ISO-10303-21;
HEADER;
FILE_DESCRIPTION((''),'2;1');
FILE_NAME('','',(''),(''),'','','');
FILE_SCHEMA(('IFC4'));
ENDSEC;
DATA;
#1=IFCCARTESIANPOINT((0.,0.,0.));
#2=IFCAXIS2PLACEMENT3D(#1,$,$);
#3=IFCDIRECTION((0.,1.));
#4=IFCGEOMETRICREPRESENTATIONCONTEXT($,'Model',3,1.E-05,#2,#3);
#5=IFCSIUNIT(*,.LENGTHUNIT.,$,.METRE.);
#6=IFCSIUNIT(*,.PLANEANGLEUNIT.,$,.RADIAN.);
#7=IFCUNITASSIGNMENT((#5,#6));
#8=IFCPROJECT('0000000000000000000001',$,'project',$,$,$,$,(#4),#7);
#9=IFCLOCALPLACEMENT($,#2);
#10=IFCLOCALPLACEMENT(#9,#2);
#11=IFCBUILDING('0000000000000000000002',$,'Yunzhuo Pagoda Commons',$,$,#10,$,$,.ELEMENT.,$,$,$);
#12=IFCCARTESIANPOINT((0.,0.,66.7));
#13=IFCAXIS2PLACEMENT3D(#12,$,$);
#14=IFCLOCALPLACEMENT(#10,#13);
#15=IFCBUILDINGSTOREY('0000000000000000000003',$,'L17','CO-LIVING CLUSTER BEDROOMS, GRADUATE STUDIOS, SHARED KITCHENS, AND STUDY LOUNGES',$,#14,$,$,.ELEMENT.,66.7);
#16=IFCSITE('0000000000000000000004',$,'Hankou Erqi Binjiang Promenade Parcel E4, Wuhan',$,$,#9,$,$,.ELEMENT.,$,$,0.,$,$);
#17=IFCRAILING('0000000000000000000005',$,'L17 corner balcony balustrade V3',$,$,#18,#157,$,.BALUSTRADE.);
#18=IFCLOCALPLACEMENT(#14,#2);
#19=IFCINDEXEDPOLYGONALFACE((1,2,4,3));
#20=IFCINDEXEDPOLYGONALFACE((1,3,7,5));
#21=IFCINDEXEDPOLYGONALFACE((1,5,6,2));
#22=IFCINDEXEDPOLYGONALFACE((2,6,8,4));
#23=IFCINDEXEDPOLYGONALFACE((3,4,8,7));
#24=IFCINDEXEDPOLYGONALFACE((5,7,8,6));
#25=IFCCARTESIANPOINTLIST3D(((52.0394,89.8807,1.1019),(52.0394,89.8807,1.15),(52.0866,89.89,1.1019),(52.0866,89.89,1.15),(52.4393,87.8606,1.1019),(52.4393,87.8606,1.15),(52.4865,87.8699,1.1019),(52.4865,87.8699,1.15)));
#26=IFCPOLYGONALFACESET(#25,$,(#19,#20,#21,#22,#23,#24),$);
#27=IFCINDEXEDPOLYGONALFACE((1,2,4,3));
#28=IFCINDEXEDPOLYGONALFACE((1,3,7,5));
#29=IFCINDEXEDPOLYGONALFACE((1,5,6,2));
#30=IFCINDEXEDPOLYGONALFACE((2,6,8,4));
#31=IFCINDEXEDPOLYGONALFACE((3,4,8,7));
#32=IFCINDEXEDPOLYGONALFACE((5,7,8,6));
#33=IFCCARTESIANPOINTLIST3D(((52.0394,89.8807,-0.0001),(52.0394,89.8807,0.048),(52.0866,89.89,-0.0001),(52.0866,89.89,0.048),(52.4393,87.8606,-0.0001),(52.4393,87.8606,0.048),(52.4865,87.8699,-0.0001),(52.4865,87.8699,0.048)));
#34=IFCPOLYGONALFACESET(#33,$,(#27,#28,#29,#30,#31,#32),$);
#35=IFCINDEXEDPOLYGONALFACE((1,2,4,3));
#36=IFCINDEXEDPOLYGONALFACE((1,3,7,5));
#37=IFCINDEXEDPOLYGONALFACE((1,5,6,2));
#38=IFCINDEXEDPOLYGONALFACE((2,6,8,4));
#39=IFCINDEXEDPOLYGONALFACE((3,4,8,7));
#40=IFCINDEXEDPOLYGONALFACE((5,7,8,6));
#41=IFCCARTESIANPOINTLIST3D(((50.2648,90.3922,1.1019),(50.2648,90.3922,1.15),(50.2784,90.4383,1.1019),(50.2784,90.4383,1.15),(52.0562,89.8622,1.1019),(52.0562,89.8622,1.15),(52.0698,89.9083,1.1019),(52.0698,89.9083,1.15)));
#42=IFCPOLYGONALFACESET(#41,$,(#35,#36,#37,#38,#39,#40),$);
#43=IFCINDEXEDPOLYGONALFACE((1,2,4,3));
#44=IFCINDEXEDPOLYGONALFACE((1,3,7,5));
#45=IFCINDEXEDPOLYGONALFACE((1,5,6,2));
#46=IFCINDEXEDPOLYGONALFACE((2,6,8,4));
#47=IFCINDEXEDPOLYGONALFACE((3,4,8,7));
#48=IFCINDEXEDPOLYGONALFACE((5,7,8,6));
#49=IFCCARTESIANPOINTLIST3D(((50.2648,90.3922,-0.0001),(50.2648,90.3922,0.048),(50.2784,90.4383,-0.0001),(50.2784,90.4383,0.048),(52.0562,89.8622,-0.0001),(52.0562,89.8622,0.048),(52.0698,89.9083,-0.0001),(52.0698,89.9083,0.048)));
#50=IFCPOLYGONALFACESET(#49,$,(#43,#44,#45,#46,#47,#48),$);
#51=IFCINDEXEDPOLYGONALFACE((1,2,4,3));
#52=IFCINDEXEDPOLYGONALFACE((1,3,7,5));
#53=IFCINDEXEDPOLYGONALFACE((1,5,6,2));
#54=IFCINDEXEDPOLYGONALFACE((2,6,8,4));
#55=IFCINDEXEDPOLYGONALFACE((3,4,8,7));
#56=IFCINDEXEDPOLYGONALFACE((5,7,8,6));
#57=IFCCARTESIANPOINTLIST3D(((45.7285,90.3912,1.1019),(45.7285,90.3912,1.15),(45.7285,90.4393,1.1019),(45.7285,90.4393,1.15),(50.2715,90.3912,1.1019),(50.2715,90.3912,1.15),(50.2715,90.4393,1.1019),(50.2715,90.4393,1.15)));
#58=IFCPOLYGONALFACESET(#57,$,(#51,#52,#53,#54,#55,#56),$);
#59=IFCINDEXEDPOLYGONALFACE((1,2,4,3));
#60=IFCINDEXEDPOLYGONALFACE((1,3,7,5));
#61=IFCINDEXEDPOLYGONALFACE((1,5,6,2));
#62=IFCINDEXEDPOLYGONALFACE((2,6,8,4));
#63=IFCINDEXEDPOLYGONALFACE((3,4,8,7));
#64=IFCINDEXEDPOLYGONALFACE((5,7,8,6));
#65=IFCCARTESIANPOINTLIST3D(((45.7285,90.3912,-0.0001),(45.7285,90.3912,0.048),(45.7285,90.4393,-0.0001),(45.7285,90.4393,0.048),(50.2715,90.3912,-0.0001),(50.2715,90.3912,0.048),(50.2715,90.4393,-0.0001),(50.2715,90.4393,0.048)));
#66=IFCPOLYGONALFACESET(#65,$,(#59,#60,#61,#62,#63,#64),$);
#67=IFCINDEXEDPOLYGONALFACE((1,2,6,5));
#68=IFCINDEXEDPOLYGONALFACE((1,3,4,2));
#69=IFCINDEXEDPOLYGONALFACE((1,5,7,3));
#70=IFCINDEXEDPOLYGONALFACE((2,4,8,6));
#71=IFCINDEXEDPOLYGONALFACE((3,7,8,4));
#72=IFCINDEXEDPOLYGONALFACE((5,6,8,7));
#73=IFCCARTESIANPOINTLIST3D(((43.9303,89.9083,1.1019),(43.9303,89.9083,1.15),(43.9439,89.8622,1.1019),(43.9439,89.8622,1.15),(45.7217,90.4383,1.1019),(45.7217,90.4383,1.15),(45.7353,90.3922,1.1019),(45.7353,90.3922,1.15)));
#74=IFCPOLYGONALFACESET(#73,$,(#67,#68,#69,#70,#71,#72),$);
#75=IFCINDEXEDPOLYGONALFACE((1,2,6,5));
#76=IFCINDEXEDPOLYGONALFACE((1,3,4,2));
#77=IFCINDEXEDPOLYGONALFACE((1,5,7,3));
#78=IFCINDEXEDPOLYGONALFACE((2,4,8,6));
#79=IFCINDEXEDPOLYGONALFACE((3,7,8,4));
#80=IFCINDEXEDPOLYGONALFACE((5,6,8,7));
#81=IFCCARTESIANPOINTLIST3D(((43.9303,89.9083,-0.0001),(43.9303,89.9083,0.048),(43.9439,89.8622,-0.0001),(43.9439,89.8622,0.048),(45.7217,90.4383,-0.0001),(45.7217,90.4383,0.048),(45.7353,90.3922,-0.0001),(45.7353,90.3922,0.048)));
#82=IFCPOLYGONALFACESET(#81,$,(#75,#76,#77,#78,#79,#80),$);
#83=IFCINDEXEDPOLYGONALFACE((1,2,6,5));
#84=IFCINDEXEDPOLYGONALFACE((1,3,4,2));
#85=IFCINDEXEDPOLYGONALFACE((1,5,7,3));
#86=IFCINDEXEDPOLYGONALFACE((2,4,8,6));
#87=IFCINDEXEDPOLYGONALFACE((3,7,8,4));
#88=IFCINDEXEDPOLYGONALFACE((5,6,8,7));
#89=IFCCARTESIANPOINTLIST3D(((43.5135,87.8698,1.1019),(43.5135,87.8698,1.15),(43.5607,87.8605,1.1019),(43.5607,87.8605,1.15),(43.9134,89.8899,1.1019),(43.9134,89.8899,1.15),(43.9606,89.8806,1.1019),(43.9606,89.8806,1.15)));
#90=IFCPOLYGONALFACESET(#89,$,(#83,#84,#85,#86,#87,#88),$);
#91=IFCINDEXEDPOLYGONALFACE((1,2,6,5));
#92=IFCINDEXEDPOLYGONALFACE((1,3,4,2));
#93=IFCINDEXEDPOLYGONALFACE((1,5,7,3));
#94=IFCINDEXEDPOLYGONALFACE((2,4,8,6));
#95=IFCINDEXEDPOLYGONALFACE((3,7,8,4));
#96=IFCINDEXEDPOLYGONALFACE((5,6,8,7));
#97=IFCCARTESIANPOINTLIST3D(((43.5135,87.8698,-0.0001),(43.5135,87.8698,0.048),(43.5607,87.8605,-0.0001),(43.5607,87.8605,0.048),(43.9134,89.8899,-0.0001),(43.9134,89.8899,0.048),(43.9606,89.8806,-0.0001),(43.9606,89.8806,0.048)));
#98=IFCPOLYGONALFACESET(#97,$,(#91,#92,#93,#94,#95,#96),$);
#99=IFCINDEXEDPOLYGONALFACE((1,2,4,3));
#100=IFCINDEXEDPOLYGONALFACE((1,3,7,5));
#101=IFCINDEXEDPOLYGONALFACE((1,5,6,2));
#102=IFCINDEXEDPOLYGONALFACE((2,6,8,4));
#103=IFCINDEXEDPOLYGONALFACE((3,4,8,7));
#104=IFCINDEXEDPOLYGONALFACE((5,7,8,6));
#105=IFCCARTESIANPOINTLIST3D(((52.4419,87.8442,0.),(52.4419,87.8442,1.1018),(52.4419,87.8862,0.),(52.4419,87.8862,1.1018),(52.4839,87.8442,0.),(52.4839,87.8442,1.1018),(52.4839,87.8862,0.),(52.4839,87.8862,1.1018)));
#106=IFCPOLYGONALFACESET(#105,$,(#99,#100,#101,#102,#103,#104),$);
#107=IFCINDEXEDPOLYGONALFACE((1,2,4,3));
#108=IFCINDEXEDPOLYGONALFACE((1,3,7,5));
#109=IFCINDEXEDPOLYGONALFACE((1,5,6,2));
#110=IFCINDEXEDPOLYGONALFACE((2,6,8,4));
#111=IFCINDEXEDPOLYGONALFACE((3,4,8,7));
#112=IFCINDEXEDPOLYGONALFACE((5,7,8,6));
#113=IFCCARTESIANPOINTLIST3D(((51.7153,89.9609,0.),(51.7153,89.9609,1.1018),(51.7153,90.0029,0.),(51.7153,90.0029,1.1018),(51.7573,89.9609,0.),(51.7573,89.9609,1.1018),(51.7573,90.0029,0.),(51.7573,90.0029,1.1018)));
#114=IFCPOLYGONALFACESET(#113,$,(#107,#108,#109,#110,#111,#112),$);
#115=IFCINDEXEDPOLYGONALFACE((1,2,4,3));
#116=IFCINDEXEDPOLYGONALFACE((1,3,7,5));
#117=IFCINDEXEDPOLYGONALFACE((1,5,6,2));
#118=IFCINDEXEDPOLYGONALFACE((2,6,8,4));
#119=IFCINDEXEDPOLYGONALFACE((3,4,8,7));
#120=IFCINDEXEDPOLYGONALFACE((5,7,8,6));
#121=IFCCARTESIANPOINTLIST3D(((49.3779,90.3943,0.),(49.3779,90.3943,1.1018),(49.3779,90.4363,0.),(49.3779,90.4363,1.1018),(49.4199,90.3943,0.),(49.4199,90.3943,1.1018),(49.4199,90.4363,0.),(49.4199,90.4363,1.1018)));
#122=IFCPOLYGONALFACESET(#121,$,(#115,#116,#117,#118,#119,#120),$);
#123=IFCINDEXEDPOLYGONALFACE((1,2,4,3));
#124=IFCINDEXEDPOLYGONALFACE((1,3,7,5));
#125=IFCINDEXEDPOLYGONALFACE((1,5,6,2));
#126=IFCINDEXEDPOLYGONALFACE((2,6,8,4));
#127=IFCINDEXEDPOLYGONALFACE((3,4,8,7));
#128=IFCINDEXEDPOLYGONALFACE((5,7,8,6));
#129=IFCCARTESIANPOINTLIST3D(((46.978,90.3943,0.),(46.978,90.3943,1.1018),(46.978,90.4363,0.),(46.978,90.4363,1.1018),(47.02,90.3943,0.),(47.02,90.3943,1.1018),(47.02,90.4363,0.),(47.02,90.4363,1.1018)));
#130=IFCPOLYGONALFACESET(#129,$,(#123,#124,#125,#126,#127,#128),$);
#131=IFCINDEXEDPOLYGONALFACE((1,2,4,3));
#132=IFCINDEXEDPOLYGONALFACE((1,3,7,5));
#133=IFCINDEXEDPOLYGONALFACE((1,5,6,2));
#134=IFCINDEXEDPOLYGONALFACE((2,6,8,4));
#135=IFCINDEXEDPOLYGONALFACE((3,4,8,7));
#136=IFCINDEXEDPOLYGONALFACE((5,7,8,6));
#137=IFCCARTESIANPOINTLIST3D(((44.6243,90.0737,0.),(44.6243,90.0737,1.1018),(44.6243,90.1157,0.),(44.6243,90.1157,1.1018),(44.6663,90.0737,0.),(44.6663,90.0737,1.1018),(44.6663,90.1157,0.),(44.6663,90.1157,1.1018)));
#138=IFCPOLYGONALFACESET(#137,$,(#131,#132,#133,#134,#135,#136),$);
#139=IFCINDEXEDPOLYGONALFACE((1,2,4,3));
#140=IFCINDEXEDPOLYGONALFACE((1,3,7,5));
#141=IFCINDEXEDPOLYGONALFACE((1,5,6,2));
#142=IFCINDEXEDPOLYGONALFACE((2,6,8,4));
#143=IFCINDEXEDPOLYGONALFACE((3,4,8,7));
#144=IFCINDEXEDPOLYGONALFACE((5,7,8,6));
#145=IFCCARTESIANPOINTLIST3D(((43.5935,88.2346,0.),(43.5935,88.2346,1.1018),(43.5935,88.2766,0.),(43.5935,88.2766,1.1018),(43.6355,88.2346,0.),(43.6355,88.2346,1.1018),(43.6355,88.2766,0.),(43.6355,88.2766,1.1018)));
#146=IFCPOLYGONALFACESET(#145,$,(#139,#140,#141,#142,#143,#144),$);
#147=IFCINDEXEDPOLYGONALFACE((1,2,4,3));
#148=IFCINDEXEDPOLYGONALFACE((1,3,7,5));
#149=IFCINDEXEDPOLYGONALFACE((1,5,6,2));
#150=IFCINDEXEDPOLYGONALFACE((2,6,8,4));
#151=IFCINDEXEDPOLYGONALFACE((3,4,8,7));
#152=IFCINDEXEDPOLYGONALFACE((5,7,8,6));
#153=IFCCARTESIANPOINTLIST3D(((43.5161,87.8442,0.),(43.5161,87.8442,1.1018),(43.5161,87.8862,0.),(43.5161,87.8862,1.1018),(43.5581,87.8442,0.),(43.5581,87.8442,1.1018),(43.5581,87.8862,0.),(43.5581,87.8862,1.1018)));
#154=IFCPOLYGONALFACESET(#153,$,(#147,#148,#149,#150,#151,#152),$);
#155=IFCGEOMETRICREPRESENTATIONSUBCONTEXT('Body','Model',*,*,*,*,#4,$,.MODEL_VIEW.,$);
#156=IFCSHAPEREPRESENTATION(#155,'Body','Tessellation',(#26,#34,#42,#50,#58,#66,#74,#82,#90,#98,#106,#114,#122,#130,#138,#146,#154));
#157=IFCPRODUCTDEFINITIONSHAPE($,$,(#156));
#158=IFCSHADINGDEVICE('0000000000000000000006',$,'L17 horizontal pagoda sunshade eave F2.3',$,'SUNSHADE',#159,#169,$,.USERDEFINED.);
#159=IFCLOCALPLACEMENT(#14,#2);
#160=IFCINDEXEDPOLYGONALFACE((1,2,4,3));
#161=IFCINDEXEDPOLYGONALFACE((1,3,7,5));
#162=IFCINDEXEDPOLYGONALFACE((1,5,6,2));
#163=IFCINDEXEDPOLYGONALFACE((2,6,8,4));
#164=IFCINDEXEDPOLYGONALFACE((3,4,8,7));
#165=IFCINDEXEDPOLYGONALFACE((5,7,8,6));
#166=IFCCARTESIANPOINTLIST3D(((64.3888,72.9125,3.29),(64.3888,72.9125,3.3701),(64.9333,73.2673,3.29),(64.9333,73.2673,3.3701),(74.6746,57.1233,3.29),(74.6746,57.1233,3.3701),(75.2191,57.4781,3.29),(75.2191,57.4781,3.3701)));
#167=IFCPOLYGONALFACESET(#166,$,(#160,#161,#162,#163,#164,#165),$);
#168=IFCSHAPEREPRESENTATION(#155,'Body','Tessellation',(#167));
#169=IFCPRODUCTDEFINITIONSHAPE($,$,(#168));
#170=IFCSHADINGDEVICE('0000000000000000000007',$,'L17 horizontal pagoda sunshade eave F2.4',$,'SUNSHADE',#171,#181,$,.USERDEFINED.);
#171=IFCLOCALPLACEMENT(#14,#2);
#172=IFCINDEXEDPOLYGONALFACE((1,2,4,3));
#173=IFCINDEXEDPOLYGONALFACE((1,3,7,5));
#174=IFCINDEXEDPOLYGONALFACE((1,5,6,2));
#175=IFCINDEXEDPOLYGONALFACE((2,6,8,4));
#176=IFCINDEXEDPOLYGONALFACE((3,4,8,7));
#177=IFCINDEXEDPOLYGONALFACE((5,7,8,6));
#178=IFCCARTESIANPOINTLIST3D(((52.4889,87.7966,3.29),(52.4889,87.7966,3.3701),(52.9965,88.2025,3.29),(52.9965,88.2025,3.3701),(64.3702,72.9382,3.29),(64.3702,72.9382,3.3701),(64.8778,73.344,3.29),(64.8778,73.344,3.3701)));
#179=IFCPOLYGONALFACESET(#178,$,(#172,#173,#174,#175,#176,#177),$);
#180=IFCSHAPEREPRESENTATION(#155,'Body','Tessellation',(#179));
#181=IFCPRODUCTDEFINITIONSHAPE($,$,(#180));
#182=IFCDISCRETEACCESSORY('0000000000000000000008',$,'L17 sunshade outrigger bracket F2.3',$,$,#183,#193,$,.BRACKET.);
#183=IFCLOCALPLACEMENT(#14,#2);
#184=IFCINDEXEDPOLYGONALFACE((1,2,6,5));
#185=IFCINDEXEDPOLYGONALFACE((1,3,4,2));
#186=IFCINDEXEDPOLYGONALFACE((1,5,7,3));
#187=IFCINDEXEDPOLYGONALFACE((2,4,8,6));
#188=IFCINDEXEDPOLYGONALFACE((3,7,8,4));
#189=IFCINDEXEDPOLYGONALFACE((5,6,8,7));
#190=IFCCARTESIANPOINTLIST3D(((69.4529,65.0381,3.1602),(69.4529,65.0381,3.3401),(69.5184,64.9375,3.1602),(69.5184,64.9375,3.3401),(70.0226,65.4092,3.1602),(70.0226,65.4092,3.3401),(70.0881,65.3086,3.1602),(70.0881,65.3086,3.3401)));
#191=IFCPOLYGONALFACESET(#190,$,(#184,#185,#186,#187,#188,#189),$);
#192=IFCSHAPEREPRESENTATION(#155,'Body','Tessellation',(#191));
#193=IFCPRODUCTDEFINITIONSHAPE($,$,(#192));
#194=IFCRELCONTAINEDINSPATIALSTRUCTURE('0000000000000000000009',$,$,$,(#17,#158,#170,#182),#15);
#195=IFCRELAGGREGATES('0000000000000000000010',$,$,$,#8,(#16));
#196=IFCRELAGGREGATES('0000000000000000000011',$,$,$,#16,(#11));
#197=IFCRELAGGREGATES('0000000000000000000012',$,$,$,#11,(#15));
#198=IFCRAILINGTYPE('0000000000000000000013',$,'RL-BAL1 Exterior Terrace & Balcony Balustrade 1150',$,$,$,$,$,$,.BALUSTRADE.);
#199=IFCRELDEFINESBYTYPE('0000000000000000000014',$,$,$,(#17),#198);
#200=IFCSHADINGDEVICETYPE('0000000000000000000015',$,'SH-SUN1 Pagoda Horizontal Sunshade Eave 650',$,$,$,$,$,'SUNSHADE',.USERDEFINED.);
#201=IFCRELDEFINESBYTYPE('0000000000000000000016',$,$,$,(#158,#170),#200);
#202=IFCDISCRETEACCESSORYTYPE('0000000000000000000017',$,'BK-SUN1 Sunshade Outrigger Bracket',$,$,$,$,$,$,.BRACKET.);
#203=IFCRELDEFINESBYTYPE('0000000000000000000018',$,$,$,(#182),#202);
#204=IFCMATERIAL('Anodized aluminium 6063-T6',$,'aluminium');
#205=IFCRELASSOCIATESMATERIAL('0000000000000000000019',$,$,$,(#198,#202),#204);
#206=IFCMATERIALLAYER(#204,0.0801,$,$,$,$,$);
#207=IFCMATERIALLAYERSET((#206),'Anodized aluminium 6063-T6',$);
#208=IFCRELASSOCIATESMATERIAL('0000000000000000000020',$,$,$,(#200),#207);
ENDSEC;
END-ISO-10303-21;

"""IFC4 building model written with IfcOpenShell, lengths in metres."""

from ifc_helpers import new_model, si_unit, direction, frame, origin, origin_2d, place, context, subcontext, project, spatial, rectangle, extrude, source, transform, mapped, material, layer, layer_set, type_object, element, save


model = new_model("IFC4")

# Units and contexts
model_context = context("Model", 3, precision=1e-05, world=origin(), true_north=direction((0.0, 1.0)))
body_context = subcontext(model_context, "Body", "Model", "MODEL_VIEW")
ifc_project = project(units=[si_unit("LENGTHUNIT", "METRE"), si_unit("PLANEANGLEUNIT", "RADIAN")], contexts=[model_context])

# Site, building, storey
site_placement = place(None, origin())
site = spatial("IfcSite", under=ifc_project, at=site_placement, Name="Hankou Erqi Binjiang Promenade Parcel E4, Wuhan", CompositionType="ELEMENT", RefElevation=0.0)
building_placement = place(site_placement, origin())
building = spatial("IfcBuilding", under=site, at=building_placement, Name="Yunzhuo Pagoda Commons", CompositionType="ELEMENT")
storey_placement = place(building_placement, frame((0.0, 0.0, 66.7)))
storey = spatial("IfcBuildingStorey", under=building, at=storey_placement, Name="L17", Description="CO-LIVING CLUSTER BEDROOMS, GRADUATE STUDIOS, SHARED KITCHENS, AND STUDY LOUNGES", CompositionType="ELEMENT", Elevation=66.7)

# Shared definitions
ifc_material_1 = material(Name="Anodized aluminium 6063-T6", Category="aluminium")

# Railing
railing_type_1 = type_object("IfcRailingType", Name="RL-BAL1 Exterior Terrace & Balcony Balustrade 1150", PredefinedType="BALUSTRADE", material=ifc_material_1)
railing_1_placement = place(storey_placement, frame((52.4629, 87.8652, 0.0)))
element("IfcRailing", 1, at=railing_1_placement, inside=storey, type_object=railing_type_1, Name="L17 corner balcony balustrade V3", PredefinedType="BALUSTRADE", context=body_context, shape_type="SweptSolid", body=[
    extrude(rectangle(XDim=0.0481, YDim=0.0481, at=origin_2d()), frame((0.0, 0.0, 1.126), z_axis=(-0.194201, 0.980962, 0.0), x_axis=(-0.980962, -0.194201, 0.0)), (0.0, 0.0, 1.0), 2.0593),
    extrude(rectangle(XDim=0.0481, YDim=0.0481, at=origin_2d()), frame((0.0, 0.0, 0.0239), z_axis=(-0.194201, 0.980962, 0.0), x_axis=(-0.980962, -0.194201, 0.0)), (0.0, 0.0, 1.0), 2.0593),
    extrude(rectangle(XDim=0.0481, YDim=0.0481, at=origin_2d()), frame((-0.3999, 2.02, 1.126), z_axis=(-0.958913, 0.283701, 0.0), x_axis=(-0.283701, -0.958913, 0.0)), (0.0, 0.0, 1.0), 1.8682),
    extrude(rectangle(XDim=0.0481, YDim=0.0481, at=origin_2d()), frame((-0.3999, 2.02, 0.0239), z_axis=(-0.958913, 0.283701, 0.0), x_axis=(-0.283701, -0.958913, 0.0)), (0.0, 0.0, 1.0), 1.8682),
    extrude(rectangle(XDim=0.0481, YDim=0.0481, at=origin_2d()), frame((-2.1914, 2.55, 1.126), z_axis=(-1.0, 0.0, 0.0), x_axis=(0.0, -1.0, 0.0)), (0.0, 0.0, 1.0), 4.543),
    extrude(rectangle(XDim=0.0481, YDim=0.0481, at=origin_2d()), frame((-2.1914, 2.55, 0.0239), z_axis=(-1.0, 0.0, 0.0), x_axis=(0.0, -1.0, 0.0)), (0.0, 0.0, 1.0), 4.543),
    extrude(rectangle(XDim=0.0481, YDim=0.0481, at=origin_2d()), frame((-6.7344, 2.55, 1.126), z_axis=(-0.958913, -0.283701, 0.0), x_axis=(0.283701, -0.958913, 0.0)), (0.0, 0.0, 1.0), 1.8682),
    extrude(rectangle(XDim=0.0481, YDim=0.0481, at=origin_2d()), frame((-6.7344, 2.55, 0.0239), z_axis=(-0.958913, -0.283701, 0.0), x_axis=(0.283701, -0.958913, 0.0)), (0.0, 0.0, 1.0), 1.8682),
    extrude(rectangle(XDim=0.0481, YDim=0.0481, at=origin_2d()), frame((-8.5259, 2.02, 1.126), z_axis=(-0.194201, -0.980962, 0.0), x_axis=(0.980962, -0.194201, 0.0)), (0.0, 0.0, 1.0), 2.0593),
    extrude(rectangle(XDim=0.0481, YDim=0.0481, at=origin_2d()), frame((-8.5259, 2.02, 0.0239), z_axis=(-0.194201, -0.980962, 0.0), x_axis=(0.980962, -0.194201, 0.0)), (0.0, 0.0, 1.0), 2.0593),
    extrude(rectangle(XDim=0.042, YDim=0.042, at=origin_2d()), origin(), (0.0, 0.0, 1.0), 1.1018),
    extrude(rectangle(XDim=0.042, YDim=0.042, at=origin_2d()), frame((-0.7266, 2.1167, 0.0)), (0.0, 0.0, 1.0), 1.1018),
    extrude(rectangle(XDim=0.042, YDim=0.042, at=origin_2d()), frame((-3.064, 2.55, 0.0)), (0.0, 0.0, 1.0), 1.1018),
    extrude(rectangle(XDim=0.042, YDim=0.042, at=origin_2d()), frame((-5.4639, 2.55, 0.0)), (0.0, 0.0, 1.0), 1.1018),
    extrude(rectangle(XDim=0.042, YDim=0.042, at=origin_2d()), frame((-7.8176, 2.2295, 0.0)), (0.0, 0.0, 1.0), 1.1018),
    extrude(rectangle(XDim=0.042, YDim=0.042, at=origin_2d()), frame((-8.8484, 0.3904, 0.0)), (0.0, 0.0, 1.0), 1.1018),
    extrude(rectangle(XDim=0.042, YDim=0.042, at=origin_2d()), frame((-8.9258, 0.0, 0.0)), (0.0, 0.0, 1.0), 1.1018),
])

# Shading devices
ifc_layer_1 = layer(ifc_material_1, 0.0801)
ifc_layer_set_1 = layer_set([ifc_layer_1], Name="Anodized aluminium 6063-T6")
shading_device_type = type_object("IfcShadingDeviceType", Name="SH-SUN1 Pagoda Horizontal Sunshade Eave 650", ElementType="SUNSHADE", PredefinedType="USERDEFINED", material=ifc_layer_set_1)
shared_shape_1 = source(origin(), body_context, "Body", "SweptSolid", [
    extrude(rectangle(XDim=18.844, YDim=0.6499, at=origin_2d()), origin(), (0.0, 0.0, 1.0), 0.0801),
])
shading_device_1_placement = place(storey_placement, frame((69.804, 65.1953, 3.29), z_axis=(0.0, 0.0, 1.0), x_axis=(-0.545839, 0.83789, 0.0)))
element("IfcShadingDevice", 2, at=shading_device_1_placement, inside=storey, type_object=shading_device_type, Name="L17 horizontal pagoda sunshade eave F2.3", ObjectType="SUNSHADE", PredefinedType="USERDEFINED", context=body_context, shape_type="MappedRepresentation", body=[
    mapped(shared_shape_1, transform((0.0, 0.0, 0.0), scale=1.0)),
])
shared_shape_2 = source(origin(), body_context, "Body", "SweptSolid", [
    extrude(rectangle(XDim=19.0247, YDim=0.6499, at=origin_2d()), origin(), (0.0, 0.0, 1.0), 0.0801),
])
shading_device_2_placement = place(storey_placement, frame((58.6833, 80.5703, 3.29), z_axis=(0.0, 0.0, 1.0), x_axis=(-0.62452, 0.781008, 0.0)))
element("IfcShadingDevice", 3, at=shading_device_2_placement, inside=storey, type_object=shading_device_type, Name="L17 horizontal pagoda sunshade eave F2.4", ObjectType="SUNSHADE", PredefinedType="USERDEFINED", context=body_context, shape_type="MappedRepresentation", body=[
    mapped(shared_shape_2, transform((0.0, 0.0, 0.0), scale=1.0)),
])

# Discrete accessory
discrete_accessory_type = type_object("IfcDiscreteAccessoryType", Name="BK-SUN1 Sunshade Outrigger Bracket", PredefinedType="BRACKET", material=ifc_material_1)
shared_shape_3 = source(origin(), body_context, "Body", "SweptSolid", [
    extrude(rectangle(XDim=0.1201, YDim=0.6799, at=origin_2d()), origin(), (0.0, 0.0, 1.0), 0.1799),
])
discrete_accessory_placement = place(storey_placement, frame((69.7705, 65.1733, 3.1602), z_axis=(0.0, 0.0, 1.0), x_axis=(-0.545839, 0.83789, 0.0)))
element("IfcDiscreteAccessory", 4, at=discrete_accessory_placement, inside=storey, type_object=discrete_accessory_type, Name="L17 sunshade outrigger bracket F2.3", PredefinedType="BRACKET", context=body_context, shape_type="MappedRepresentation", body=[
    mapped(shared_shape_3, transform((0.0, 0.0, 0.0), scale=1.0)),
])

save(model, "model.ifc")
